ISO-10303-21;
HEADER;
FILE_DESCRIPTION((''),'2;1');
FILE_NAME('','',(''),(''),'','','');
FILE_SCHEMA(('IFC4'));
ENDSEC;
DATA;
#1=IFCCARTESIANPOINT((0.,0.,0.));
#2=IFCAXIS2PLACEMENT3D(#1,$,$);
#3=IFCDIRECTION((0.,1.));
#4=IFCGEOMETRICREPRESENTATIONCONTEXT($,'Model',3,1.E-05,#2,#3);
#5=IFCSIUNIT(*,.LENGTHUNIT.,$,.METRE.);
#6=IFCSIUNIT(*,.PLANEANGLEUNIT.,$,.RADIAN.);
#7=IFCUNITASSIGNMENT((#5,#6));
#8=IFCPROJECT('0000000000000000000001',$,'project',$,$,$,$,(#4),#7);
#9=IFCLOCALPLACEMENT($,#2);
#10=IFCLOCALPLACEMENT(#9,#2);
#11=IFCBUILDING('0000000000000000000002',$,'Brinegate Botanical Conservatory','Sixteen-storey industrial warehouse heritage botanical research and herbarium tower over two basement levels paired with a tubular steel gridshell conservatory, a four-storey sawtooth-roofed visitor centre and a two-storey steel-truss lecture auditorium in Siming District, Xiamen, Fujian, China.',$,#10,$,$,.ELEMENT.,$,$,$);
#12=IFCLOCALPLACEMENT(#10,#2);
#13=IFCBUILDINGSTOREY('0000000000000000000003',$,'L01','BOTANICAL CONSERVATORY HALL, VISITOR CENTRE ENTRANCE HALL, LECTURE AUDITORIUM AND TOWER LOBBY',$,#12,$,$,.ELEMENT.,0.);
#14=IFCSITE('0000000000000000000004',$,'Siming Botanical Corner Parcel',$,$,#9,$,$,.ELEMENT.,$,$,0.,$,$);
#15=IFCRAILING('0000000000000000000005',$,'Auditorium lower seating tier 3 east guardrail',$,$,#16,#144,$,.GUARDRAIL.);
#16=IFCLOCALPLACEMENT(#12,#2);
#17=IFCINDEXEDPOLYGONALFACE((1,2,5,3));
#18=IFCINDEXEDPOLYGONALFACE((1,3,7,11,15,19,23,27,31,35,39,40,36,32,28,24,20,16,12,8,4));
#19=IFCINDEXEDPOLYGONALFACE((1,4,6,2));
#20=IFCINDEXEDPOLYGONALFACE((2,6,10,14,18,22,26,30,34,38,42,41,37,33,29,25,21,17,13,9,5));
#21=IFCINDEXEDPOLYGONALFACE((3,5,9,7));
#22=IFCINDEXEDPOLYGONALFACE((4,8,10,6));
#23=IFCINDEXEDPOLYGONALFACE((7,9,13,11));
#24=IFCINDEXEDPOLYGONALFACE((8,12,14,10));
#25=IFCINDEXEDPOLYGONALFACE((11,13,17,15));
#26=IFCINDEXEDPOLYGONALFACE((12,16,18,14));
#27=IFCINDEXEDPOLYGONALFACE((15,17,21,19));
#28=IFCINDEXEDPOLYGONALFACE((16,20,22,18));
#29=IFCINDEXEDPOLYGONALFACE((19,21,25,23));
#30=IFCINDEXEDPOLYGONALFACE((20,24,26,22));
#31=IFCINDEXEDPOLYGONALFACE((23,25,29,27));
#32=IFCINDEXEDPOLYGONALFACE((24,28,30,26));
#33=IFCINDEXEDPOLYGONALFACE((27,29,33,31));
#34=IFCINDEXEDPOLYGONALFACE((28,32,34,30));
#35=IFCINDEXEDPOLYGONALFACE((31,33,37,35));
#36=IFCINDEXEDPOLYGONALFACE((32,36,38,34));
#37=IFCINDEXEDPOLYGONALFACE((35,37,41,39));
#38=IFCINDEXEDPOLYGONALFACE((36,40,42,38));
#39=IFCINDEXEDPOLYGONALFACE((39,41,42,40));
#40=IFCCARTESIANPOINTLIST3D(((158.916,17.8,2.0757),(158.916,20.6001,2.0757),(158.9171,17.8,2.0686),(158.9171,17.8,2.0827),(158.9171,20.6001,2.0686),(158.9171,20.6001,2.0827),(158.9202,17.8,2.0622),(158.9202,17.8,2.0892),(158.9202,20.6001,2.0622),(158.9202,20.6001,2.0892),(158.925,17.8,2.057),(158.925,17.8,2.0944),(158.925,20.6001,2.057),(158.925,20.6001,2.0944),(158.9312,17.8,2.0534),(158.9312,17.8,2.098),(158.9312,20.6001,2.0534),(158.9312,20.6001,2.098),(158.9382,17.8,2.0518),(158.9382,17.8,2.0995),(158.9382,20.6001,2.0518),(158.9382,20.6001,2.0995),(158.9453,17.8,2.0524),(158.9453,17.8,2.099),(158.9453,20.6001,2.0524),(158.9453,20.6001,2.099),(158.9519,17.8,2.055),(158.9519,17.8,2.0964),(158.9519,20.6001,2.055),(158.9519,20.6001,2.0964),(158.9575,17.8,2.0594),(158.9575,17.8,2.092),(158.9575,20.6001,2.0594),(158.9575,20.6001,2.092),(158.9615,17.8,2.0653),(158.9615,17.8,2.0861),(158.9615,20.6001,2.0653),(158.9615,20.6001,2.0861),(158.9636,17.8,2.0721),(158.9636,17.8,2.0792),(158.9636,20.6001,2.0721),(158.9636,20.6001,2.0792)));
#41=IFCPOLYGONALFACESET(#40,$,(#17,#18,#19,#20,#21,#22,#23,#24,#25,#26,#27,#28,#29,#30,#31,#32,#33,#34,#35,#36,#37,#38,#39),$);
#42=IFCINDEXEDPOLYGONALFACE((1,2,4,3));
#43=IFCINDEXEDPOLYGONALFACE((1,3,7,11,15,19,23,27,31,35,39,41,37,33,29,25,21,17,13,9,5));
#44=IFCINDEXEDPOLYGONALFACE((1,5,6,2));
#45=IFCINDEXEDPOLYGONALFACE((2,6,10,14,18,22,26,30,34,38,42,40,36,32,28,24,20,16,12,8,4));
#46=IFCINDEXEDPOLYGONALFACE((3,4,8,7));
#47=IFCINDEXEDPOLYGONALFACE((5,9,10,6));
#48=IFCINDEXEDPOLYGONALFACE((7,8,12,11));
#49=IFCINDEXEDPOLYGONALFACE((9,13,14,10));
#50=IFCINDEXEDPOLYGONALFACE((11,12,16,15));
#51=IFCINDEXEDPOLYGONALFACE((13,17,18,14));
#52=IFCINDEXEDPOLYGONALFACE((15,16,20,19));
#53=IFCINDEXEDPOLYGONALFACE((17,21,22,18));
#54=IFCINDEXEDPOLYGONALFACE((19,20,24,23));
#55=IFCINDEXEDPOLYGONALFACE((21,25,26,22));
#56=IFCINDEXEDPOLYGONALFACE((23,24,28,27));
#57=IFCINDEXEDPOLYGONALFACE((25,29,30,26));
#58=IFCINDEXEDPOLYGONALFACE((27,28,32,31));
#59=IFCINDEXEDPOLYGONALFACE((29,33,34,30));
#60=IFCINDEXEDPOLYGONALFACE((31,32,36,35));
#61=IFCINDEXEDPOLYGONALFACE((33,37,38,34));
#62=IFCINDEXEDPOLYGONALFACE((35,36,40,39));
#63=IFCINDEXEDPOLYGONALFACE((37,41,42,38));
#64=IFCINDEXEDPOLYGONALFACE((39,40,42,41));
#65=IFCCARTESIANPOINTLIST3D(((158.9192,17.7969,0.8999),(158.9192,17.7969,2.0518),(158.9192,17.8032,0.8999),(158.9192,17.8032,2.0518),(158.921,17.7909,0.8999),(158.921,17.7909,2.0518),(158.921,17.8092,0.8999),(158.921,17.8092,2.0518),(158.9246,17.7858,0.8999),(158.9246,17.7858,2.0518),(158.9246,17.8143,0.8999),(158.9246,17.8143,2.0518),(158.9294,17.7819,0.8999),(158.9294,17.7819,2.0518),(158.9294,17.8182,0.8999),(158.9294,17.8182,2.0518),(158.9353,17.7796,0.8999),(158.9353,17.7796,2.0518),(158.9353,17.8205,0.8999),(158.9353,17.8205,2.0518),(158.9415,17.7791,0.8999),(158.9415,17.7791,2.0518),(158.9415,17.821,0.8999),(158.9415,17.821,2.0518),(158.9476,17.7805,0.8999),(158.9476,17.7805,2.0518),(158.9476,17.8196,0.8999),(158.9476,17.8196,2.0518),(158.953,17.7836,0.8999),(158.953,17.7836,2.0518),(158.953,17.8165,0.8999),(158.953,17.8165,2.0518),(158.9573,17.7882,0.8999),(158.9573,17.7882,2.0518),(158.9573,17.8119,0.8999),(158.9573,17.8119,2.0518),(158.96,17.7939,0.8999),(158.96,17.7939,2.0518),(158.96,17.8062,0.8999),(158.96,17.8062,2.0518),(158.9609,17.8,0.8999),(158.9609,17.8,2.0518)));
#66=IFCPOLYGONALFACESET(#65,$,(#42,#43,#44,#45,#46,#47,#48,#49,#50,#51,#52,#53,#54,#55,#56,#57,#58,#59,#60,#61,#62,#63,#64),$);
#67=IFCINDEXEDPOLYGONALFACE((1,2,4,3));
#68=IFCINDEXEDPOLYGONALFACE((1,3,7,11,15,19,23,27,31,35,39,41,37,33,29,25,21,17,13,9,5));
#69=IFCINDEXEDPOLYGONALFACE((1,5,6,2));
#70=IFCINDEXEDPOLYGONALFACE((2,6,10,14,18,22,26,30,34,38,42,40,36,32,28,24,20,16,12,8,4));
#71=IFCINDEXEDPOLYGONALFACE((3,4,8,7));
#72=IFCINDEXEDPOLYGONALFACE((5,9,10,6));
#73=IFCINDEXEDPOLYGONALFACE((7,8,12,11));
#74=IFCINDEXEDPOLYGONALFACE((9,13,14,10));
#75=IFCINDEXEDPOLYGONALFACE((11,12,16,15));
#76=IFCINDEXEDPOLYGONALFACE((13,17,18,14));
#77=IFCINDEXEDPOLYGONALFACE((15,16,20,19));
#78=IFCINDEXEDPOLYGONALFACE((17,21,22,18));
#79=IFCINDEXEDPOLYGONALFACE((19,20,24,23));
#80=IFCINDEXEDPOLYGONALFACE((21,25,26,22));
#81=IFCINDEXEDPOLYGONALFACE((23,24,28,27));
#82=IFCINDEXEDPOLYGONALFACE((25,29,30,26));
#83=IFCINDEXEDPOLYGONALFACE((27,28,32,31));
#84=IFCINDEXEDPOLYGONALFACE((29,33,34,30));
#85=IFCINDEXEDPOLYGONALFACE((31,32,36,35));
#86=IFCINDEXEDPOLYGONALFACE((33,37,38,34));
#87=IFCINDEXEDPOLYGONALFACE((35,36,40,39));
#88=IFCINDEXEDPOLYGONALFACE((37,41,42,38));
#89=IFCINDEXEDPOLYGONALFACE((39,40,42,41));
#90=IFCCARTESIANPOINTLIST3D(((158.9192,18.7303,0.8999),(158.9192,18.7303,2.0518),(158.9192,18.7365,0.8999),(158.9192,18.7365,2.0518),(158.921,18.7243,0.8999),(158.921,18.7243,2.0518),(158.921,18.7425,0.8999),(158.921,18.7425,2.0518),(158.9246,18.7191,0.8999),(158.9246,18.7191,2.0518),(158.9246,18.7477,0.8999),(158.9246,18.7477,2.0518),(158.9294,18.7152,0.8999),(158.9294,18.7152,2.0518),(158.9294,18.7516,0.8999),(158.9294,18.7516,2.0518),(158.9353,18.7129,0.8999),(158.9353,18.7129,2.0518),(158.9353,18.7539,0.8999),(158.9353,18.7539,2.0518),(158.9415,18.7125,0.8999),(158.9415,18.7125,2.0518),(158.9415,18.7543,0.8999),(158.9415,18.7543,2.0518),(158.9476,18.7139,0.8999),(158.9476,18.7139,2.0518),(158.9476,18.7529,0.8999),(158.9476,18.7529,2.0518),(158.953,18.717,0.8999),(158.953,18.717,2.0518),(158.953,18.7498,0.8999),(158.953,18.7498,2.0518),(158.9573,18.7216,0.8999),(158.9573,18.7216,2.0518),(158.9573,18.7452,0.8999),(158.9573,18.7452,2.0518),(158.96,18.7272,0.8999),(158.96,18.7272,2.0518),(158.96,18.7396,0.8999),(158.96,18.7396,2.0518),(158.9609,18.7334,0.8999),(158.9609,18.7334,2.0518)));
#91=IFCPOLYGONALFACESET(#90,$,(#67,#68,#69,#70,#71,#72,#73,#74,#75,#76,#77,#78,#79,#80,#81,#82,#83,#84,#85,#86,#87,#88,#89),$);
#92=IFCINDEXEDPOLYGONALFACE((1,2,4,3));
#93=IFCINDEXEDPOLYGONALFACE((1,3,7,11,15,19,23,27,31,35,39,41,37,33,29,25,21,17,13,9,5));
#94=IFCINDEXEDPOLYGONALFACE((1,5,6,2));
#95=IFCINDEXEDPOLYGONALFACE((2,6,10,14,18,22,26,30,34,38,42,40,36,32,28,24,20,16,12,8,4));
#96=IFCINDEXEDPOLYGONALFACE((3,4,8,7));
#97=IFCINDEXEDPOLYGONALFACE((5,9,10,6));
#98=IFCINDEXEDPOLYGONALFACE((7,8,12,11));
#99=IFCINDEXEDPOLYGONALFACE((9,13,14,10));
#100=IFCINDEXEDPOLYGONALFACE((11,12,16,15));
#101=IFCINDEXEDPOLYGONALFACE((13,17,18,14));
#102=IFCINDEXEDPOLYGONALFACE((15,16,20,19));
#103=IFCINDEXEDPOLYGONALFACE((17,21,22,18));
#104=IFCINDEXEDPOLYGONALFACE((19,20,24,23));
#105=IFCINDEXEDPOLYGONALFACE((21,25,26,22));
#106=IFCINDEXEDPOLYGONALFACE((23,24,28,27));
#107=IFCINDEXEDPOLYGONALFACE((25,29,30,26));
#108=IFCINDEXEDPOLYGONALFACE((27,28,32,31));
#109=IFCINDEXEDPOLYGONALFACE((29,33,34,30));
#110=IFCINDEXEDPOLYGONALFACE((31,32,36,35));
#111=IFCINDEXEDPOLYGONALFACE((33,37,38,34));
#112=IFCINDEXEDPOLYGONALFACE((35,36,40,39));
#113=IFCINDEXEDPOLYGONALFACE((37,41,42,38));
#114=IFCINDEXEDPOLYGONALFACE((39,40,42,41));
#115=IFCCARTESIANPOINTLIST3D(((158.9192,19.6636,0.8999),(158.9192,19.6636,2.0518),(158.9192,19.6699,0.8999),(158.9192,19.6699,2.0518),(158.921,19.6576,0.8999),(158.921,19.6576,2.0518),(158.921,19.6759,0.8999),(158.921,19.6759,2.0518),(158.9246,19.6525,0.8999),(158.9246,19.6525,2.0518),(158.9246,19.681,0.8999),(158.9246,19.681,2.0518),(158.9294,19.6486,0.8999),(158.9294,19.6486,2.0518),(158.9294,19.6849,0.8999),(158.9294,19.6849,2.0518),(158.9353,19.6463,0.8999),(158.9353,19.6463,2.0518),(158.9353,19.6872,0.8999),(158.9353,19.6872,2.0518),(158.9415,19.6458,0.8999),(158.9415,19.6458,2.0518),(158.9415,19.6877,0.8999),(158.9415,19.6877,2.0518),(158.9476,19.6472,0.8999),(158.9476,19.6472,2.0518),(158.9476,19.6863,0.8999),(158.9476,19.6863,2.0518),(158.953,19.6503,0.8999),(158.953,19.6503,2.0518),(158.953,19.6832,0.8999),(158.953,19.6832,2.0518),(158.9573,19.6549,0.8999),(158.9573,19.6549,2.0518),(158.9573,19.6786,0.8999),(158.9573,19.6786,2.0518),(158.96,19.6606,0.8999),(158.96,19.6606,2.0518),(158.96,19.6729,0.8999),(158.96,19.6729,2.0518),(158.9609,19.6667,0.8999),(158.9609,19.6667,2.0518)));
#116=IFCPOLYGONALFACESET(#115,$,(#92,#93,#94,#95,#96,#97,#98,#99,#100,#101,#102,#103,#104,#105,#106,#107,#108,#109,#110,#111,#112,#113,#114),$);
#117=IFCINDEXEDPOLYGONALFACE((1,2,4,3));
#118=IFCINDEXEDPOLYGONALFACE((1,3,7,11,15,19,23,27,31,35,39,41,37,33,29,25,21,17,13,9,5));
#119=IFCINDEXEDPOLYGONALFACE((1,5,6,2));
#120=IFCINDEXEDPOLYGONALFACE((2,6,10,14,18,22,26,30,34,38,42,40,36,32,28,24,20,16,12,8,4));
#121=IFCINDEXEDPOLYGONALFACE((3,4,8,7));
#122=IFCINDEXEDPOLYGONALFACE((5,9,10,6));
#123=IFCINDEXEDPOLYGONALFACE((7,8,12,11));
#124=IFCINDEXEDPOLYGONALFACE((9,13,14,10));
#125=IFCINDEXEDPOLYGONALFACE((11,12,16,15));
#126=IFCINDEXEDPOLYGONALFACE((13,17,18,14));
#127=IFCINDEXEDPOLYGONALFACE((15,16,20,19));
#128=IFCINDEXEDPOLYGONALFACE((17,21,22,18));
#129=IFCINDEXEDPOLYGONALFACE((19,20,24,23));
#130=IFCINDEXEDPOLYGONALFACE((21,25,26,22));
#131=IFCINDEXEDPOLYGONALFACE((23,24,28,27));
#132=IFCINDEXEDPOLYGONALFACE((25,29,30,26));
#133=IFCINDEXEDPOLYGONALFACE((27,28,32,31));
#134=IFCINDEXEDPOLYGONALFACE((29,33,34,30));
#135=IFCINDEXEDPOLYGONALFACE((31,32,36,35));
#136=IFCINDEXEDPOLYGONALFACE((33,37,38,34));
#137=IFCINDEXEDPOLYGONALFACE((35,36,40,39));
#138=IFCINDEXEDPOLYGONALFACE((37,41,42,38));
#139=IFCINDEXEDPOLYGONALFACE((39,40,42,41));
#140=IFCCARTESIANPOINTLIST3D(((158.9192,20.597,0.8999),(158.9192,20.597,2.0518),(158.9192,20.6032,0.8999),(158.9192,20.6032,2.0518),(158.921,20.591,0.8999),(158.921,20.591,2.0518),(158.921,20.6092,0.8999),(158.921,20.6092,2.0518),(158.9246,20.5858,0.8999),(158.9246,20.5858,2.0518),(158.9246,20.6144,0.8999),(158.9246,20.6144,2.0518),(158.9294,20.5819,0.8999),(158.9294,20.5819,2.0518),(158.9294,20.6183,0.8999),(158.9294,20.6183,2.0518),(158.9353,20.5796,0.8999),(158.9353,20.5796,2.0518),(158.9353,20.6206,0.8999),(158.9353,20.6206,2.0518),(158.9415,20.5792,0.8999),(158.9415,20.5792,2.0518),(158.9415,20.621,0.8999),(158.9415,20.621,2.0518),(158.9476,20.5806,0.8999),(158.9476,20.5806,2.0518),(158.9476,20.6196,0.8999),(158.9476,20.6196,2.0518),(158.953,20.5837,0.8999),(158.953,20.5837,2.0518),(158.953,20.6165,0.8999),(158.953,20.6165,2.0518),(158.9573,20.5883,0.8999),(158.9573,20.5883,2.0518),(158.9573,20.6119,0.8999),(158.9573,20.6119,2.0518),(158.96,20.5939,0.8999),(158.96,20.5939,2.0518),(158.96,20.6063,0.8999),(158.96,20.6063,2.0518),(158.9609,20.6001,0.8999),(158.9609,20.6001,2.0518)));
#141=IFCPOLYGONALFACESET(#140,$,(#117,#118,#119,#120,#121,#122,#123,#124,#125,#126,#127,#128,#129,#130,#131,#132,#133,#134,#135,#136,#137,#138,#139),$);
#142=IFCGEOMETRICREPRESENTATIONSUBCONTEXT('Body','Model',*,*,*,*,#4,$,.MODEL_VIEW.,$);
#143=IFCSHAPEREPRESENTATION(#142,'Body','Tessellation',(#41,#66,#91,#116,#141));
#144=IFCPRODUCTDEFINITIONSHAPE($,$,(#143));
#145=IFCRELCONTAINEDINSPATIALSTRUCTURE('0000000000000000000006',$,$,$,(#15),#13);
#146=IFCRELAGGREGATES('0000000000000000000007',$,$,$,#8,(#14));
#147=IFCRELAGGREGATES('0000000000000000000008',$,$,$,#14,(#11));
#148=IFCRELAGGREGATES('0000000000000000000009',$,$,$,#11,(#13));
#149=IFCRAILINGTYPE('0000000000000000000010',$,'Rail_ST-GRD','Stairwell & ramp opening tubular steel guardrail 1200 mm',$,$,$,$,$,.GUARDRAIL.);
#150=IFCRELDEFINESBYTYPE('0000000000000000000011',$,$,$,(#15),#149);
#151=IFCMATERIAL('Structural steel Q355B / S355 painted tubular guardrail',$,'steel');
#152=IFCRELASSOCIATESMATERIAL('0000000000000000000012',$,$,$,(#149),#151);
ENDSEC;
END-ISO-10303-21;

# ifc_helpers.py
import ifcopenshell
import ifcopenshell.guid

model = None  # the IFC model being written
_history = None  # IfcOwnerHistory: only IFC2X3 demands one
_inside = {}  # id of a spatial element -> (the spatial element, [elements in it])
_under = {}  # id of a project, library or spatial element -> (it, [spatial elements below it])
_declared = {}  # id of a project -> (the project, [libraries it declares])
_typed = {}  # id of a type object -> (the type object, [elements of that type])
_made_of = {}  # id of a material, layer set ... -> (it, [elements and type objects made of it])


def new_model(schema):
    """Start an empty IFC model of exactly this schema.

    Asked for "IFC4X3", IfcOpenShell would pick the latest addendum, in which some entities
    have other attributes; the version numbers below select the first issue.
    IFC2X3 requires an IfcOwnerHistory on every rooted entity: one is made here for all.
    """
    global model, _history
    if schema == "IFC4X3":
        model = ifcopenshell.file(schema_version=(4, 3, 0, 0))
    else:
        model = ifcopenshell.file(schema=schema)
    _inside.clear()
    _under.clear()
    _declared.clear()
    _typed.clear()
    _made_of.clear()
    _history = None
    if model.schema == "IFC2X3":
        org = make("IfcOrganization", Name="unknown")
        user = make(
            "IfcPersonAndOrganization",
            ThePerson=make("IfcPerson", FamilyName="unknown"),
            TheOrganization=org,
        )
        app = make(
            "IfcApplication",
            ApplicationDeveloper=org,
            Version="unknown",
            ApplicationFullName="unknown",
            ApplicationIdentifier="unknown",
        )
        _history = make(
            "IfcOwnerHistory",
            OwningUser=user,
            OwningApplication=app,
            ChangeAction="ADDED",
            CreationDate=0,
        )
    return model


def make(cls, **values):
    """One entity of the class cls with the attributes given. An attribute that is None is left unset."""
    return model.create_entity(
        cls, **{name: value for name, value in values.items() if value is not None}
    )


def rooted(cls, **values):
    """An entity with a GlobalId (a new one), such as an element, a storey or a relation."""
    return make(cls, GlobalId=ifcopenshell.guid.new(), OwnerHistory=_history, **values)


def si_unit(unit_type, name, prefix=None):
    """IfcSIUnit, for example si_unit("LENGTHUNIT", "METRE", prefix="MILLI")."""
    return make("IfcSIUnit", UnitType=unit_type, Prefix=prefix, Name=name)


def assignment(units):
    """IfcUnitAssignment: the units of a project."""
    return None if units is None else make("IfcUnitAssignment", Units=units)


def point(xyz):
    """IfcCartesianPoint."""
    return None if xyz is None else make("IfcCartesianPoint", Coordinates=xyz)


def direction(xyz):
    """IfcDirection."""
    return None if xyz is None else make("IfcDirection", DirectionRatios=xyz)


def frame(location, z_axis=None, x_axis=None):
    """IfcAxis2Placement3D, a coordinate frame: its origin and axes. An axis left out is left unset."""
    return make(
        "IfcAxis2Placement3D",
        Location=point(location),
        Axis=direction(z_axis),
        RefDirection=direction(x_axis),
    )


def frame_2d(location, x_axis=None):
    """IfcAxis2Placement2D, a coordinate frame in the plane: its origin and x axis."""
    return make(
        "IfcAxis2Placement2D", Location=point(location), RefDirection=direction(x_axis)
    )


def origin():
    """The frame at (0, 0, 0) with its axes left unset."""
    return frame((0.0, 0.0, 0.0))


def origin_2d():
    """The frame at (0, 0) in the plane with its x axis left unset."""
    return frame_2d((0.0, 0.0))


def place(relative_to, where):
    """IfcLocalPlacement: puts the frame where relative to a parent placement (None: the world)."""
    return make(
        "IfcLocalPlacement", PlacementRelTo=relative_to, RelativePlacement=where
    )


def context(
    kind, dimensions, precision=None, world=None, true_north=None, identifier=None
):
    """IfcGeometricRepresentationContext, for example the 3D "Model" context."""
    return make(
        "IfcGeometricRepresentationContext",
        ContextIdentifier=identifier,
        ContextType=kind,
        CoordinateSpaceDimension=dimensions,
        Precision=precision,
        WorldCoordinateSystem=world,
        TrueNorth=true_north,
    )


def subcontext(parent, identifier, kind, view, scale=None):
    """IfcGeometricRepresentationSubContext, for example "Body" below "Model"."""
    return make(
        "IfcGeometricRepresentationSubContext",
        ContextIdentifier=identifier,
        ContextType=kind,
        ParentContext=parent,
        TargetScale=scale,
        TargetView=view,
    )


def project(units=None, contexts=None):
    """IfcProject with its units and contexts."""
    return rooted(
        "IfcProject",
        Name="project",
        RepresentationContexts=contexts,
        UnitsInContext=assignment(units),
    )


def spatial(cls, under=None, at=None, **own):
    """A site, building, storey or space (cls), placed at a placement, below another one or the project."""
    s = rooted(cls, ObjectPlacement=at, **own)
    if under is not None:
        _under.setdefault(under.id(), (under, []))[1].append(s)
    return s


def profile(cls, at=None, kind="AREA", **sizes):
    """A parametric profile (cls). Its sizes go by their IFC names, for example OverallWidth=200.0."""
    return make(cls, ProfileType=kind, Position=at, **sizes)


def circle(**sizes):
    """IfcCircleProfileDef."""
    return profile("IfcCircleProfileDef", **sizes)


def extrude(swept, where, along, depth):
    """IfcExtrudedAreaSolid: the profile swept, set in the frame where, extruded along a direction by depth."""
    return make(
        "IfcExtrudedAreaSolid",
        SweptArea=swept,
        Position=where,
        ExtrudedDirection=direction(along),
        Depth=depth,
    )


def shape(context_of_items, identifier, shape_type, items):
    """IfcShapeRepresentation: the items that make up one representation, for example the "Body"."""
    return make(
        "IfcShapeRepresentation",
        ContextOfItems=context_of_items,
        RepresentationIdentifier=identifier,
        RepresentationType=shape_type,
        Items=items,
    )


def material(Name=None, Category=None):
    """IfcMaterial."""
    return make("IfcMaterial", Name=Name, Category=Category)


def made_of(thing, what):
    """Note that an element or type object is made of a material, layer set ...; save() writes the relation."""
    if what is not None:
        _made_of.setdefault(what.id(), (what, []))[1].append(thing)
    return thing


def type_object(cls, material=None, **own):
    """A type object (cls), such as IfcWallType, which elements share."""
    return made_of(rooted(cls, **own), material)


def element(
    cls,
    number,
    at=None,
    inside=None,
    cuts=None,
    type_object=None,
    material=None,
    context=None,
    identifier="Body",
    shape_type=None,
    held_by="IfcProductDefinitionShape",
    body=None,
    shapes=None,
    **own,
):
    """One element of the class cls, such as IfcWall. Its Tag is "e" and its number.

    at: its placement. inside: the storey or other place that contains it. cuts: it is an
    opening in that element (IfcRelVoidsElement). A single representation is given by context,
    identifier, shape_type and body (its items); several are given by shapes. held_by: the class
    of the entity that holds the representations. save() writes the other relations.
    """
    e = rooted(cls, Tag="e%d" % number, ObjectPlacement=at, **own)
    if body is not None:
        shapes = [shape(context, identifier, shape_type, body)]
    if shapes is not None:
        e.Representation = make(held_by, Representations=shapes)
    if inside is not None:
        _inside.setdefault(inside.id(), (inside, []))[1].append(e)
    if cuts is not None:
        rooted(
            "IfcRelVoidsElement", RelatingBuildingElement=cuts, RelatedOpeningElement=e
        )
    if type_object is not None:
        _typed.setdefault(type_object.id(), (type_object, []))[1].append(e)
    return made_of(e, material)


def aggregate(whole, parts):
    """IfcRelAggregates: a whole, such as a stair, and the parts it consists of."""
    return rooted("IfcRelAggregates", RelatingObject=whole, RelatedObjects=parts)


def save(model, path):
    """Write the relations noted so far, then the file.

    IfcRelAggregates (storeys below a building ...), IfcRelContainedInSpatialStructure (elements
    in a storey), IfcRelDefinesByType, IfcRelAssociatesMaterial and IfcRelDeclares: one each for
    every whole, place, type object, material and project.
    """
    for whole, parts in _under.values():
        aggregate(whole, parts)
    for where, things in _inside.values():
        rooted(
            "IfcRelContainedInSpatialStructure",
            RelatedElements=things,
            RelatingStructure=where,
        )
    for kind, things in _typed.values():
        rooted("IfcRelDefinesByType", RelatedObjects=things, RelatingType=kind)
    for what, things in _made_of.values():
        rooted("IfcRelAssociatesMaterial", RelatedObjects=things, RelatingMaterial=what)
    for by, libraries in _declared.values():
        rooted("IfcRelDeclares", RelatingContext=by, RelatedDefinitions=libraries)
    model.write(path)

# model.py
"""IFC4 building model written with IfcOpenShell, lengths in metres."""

from ifc_helpers import new_model, si_unit, direction, frame, origin, origin_2d, place, context, subcontext, project, spatial, circle, extrude, material, type_object, element, save


model = new_model("IFC4")

# Units and contexts
model_context = context("Model", 3, precision=1e-05, world=origin(), true_north=direction((0.0, 1.0)))
body_context = subcontext(model_context, "Body", "Model", "MODEL_VIEW")
ifc_project = project(units=[si_unit("LENGTHUNIT", "METRE"), si_unit("PLANEANGLEUNIT", "RADIAN")], contexts=[model_context])

# Site, building, storey
site_placement = place(None, origin())
site = spatial("IfcSite", under=ifc_project, at=site_placement, Name="Siming Botanical Corner Parcel", CompositionType="ELEMENT", RefElevation=0.0)
building_placement = place(site_placement, origin())
building = spatial("IfcBuilding", under=site, at=building_placement, Name="Brinegate Botanical Conservatory", Description="Sixteen-storey industrial warehouse heritage botanical research and herbarium tower over two basement levels paired with a tubular steel gridshell conservatory, a four-storey sawtooth-roofed visitor centre and a two-storey steel-truss lecture auditorium in Siming District, Xiamen, Fujian, China.", CompositionType="ELEMENT")
storey_placement = place(building_placement, origin())
storey = spatial("IfcBuildingStorey", under=building, at=storey_placement, Name="L01", Description="BOTANICAL CONSERVATORY HALL, VISITOR CENTRE ENTRANCE HALL, LECTURE AUDITORIUM AND TOWER LOBBY", CompositionType="ELEMENT", Elevation=0.0)

# Railing
ifc_material_1 = material(Name="Structural steel Q355B / S355 painted tubular guardrail", Category="steel")
railing_type_1 = type_object("IfcRailingType", Name="Rail_ST-GRD", Description="Stairwell & ramp opening tubular steel guardrail 1200 mm", PredefinedType="GUARDRAIL", material=ifc_material_1)
for number, where, name in (
    (1, (158.9399, 17.8, 0.8999), "Auditorium lower seating tier 3 east guardrail"),
):
    element("IfcRailing", number, at=place(storey_placement, frame(where)), inside=storey, type_object=railing_type_1, Name=name, PredefinedType="GUARDRAIL", context=body_context, shape_type="SweptSolid", body=[
        extrude(circle(Radius=0.0239, at=origin_2d()), frame((0.0, 0.0, 1.1758), z_axis=(0.0, 1.0, 0.0), x_axis=(-1.0, 0.0, 0.0)), (0.0, 0.0, 1.0), 2.8),
        extrude(circle(Radius=0.021, at=origin_2d()), origin(), (0.0, 0.0, 1.0), 1.1519),
        extrude(circle(Radius=0.021, at=origin_2d()), frame((0.0, 0.9333, 0.0)), (0.0, 0.0, 1.0), 1.1519),
        extrude(circle(Radius=0.021, at=origin_2d()), frame((0.0, 1.8667, 0.0)), (0.0, 0.0, 1.0), 1.1519),
        extrude(circle(Radius=0.021, at=origin_2d()), frame((0.0, 2.8, 0.0)), (0.0, 0.0, 1.0), 1.1519),
    ])

save(model, "model.ifc")
